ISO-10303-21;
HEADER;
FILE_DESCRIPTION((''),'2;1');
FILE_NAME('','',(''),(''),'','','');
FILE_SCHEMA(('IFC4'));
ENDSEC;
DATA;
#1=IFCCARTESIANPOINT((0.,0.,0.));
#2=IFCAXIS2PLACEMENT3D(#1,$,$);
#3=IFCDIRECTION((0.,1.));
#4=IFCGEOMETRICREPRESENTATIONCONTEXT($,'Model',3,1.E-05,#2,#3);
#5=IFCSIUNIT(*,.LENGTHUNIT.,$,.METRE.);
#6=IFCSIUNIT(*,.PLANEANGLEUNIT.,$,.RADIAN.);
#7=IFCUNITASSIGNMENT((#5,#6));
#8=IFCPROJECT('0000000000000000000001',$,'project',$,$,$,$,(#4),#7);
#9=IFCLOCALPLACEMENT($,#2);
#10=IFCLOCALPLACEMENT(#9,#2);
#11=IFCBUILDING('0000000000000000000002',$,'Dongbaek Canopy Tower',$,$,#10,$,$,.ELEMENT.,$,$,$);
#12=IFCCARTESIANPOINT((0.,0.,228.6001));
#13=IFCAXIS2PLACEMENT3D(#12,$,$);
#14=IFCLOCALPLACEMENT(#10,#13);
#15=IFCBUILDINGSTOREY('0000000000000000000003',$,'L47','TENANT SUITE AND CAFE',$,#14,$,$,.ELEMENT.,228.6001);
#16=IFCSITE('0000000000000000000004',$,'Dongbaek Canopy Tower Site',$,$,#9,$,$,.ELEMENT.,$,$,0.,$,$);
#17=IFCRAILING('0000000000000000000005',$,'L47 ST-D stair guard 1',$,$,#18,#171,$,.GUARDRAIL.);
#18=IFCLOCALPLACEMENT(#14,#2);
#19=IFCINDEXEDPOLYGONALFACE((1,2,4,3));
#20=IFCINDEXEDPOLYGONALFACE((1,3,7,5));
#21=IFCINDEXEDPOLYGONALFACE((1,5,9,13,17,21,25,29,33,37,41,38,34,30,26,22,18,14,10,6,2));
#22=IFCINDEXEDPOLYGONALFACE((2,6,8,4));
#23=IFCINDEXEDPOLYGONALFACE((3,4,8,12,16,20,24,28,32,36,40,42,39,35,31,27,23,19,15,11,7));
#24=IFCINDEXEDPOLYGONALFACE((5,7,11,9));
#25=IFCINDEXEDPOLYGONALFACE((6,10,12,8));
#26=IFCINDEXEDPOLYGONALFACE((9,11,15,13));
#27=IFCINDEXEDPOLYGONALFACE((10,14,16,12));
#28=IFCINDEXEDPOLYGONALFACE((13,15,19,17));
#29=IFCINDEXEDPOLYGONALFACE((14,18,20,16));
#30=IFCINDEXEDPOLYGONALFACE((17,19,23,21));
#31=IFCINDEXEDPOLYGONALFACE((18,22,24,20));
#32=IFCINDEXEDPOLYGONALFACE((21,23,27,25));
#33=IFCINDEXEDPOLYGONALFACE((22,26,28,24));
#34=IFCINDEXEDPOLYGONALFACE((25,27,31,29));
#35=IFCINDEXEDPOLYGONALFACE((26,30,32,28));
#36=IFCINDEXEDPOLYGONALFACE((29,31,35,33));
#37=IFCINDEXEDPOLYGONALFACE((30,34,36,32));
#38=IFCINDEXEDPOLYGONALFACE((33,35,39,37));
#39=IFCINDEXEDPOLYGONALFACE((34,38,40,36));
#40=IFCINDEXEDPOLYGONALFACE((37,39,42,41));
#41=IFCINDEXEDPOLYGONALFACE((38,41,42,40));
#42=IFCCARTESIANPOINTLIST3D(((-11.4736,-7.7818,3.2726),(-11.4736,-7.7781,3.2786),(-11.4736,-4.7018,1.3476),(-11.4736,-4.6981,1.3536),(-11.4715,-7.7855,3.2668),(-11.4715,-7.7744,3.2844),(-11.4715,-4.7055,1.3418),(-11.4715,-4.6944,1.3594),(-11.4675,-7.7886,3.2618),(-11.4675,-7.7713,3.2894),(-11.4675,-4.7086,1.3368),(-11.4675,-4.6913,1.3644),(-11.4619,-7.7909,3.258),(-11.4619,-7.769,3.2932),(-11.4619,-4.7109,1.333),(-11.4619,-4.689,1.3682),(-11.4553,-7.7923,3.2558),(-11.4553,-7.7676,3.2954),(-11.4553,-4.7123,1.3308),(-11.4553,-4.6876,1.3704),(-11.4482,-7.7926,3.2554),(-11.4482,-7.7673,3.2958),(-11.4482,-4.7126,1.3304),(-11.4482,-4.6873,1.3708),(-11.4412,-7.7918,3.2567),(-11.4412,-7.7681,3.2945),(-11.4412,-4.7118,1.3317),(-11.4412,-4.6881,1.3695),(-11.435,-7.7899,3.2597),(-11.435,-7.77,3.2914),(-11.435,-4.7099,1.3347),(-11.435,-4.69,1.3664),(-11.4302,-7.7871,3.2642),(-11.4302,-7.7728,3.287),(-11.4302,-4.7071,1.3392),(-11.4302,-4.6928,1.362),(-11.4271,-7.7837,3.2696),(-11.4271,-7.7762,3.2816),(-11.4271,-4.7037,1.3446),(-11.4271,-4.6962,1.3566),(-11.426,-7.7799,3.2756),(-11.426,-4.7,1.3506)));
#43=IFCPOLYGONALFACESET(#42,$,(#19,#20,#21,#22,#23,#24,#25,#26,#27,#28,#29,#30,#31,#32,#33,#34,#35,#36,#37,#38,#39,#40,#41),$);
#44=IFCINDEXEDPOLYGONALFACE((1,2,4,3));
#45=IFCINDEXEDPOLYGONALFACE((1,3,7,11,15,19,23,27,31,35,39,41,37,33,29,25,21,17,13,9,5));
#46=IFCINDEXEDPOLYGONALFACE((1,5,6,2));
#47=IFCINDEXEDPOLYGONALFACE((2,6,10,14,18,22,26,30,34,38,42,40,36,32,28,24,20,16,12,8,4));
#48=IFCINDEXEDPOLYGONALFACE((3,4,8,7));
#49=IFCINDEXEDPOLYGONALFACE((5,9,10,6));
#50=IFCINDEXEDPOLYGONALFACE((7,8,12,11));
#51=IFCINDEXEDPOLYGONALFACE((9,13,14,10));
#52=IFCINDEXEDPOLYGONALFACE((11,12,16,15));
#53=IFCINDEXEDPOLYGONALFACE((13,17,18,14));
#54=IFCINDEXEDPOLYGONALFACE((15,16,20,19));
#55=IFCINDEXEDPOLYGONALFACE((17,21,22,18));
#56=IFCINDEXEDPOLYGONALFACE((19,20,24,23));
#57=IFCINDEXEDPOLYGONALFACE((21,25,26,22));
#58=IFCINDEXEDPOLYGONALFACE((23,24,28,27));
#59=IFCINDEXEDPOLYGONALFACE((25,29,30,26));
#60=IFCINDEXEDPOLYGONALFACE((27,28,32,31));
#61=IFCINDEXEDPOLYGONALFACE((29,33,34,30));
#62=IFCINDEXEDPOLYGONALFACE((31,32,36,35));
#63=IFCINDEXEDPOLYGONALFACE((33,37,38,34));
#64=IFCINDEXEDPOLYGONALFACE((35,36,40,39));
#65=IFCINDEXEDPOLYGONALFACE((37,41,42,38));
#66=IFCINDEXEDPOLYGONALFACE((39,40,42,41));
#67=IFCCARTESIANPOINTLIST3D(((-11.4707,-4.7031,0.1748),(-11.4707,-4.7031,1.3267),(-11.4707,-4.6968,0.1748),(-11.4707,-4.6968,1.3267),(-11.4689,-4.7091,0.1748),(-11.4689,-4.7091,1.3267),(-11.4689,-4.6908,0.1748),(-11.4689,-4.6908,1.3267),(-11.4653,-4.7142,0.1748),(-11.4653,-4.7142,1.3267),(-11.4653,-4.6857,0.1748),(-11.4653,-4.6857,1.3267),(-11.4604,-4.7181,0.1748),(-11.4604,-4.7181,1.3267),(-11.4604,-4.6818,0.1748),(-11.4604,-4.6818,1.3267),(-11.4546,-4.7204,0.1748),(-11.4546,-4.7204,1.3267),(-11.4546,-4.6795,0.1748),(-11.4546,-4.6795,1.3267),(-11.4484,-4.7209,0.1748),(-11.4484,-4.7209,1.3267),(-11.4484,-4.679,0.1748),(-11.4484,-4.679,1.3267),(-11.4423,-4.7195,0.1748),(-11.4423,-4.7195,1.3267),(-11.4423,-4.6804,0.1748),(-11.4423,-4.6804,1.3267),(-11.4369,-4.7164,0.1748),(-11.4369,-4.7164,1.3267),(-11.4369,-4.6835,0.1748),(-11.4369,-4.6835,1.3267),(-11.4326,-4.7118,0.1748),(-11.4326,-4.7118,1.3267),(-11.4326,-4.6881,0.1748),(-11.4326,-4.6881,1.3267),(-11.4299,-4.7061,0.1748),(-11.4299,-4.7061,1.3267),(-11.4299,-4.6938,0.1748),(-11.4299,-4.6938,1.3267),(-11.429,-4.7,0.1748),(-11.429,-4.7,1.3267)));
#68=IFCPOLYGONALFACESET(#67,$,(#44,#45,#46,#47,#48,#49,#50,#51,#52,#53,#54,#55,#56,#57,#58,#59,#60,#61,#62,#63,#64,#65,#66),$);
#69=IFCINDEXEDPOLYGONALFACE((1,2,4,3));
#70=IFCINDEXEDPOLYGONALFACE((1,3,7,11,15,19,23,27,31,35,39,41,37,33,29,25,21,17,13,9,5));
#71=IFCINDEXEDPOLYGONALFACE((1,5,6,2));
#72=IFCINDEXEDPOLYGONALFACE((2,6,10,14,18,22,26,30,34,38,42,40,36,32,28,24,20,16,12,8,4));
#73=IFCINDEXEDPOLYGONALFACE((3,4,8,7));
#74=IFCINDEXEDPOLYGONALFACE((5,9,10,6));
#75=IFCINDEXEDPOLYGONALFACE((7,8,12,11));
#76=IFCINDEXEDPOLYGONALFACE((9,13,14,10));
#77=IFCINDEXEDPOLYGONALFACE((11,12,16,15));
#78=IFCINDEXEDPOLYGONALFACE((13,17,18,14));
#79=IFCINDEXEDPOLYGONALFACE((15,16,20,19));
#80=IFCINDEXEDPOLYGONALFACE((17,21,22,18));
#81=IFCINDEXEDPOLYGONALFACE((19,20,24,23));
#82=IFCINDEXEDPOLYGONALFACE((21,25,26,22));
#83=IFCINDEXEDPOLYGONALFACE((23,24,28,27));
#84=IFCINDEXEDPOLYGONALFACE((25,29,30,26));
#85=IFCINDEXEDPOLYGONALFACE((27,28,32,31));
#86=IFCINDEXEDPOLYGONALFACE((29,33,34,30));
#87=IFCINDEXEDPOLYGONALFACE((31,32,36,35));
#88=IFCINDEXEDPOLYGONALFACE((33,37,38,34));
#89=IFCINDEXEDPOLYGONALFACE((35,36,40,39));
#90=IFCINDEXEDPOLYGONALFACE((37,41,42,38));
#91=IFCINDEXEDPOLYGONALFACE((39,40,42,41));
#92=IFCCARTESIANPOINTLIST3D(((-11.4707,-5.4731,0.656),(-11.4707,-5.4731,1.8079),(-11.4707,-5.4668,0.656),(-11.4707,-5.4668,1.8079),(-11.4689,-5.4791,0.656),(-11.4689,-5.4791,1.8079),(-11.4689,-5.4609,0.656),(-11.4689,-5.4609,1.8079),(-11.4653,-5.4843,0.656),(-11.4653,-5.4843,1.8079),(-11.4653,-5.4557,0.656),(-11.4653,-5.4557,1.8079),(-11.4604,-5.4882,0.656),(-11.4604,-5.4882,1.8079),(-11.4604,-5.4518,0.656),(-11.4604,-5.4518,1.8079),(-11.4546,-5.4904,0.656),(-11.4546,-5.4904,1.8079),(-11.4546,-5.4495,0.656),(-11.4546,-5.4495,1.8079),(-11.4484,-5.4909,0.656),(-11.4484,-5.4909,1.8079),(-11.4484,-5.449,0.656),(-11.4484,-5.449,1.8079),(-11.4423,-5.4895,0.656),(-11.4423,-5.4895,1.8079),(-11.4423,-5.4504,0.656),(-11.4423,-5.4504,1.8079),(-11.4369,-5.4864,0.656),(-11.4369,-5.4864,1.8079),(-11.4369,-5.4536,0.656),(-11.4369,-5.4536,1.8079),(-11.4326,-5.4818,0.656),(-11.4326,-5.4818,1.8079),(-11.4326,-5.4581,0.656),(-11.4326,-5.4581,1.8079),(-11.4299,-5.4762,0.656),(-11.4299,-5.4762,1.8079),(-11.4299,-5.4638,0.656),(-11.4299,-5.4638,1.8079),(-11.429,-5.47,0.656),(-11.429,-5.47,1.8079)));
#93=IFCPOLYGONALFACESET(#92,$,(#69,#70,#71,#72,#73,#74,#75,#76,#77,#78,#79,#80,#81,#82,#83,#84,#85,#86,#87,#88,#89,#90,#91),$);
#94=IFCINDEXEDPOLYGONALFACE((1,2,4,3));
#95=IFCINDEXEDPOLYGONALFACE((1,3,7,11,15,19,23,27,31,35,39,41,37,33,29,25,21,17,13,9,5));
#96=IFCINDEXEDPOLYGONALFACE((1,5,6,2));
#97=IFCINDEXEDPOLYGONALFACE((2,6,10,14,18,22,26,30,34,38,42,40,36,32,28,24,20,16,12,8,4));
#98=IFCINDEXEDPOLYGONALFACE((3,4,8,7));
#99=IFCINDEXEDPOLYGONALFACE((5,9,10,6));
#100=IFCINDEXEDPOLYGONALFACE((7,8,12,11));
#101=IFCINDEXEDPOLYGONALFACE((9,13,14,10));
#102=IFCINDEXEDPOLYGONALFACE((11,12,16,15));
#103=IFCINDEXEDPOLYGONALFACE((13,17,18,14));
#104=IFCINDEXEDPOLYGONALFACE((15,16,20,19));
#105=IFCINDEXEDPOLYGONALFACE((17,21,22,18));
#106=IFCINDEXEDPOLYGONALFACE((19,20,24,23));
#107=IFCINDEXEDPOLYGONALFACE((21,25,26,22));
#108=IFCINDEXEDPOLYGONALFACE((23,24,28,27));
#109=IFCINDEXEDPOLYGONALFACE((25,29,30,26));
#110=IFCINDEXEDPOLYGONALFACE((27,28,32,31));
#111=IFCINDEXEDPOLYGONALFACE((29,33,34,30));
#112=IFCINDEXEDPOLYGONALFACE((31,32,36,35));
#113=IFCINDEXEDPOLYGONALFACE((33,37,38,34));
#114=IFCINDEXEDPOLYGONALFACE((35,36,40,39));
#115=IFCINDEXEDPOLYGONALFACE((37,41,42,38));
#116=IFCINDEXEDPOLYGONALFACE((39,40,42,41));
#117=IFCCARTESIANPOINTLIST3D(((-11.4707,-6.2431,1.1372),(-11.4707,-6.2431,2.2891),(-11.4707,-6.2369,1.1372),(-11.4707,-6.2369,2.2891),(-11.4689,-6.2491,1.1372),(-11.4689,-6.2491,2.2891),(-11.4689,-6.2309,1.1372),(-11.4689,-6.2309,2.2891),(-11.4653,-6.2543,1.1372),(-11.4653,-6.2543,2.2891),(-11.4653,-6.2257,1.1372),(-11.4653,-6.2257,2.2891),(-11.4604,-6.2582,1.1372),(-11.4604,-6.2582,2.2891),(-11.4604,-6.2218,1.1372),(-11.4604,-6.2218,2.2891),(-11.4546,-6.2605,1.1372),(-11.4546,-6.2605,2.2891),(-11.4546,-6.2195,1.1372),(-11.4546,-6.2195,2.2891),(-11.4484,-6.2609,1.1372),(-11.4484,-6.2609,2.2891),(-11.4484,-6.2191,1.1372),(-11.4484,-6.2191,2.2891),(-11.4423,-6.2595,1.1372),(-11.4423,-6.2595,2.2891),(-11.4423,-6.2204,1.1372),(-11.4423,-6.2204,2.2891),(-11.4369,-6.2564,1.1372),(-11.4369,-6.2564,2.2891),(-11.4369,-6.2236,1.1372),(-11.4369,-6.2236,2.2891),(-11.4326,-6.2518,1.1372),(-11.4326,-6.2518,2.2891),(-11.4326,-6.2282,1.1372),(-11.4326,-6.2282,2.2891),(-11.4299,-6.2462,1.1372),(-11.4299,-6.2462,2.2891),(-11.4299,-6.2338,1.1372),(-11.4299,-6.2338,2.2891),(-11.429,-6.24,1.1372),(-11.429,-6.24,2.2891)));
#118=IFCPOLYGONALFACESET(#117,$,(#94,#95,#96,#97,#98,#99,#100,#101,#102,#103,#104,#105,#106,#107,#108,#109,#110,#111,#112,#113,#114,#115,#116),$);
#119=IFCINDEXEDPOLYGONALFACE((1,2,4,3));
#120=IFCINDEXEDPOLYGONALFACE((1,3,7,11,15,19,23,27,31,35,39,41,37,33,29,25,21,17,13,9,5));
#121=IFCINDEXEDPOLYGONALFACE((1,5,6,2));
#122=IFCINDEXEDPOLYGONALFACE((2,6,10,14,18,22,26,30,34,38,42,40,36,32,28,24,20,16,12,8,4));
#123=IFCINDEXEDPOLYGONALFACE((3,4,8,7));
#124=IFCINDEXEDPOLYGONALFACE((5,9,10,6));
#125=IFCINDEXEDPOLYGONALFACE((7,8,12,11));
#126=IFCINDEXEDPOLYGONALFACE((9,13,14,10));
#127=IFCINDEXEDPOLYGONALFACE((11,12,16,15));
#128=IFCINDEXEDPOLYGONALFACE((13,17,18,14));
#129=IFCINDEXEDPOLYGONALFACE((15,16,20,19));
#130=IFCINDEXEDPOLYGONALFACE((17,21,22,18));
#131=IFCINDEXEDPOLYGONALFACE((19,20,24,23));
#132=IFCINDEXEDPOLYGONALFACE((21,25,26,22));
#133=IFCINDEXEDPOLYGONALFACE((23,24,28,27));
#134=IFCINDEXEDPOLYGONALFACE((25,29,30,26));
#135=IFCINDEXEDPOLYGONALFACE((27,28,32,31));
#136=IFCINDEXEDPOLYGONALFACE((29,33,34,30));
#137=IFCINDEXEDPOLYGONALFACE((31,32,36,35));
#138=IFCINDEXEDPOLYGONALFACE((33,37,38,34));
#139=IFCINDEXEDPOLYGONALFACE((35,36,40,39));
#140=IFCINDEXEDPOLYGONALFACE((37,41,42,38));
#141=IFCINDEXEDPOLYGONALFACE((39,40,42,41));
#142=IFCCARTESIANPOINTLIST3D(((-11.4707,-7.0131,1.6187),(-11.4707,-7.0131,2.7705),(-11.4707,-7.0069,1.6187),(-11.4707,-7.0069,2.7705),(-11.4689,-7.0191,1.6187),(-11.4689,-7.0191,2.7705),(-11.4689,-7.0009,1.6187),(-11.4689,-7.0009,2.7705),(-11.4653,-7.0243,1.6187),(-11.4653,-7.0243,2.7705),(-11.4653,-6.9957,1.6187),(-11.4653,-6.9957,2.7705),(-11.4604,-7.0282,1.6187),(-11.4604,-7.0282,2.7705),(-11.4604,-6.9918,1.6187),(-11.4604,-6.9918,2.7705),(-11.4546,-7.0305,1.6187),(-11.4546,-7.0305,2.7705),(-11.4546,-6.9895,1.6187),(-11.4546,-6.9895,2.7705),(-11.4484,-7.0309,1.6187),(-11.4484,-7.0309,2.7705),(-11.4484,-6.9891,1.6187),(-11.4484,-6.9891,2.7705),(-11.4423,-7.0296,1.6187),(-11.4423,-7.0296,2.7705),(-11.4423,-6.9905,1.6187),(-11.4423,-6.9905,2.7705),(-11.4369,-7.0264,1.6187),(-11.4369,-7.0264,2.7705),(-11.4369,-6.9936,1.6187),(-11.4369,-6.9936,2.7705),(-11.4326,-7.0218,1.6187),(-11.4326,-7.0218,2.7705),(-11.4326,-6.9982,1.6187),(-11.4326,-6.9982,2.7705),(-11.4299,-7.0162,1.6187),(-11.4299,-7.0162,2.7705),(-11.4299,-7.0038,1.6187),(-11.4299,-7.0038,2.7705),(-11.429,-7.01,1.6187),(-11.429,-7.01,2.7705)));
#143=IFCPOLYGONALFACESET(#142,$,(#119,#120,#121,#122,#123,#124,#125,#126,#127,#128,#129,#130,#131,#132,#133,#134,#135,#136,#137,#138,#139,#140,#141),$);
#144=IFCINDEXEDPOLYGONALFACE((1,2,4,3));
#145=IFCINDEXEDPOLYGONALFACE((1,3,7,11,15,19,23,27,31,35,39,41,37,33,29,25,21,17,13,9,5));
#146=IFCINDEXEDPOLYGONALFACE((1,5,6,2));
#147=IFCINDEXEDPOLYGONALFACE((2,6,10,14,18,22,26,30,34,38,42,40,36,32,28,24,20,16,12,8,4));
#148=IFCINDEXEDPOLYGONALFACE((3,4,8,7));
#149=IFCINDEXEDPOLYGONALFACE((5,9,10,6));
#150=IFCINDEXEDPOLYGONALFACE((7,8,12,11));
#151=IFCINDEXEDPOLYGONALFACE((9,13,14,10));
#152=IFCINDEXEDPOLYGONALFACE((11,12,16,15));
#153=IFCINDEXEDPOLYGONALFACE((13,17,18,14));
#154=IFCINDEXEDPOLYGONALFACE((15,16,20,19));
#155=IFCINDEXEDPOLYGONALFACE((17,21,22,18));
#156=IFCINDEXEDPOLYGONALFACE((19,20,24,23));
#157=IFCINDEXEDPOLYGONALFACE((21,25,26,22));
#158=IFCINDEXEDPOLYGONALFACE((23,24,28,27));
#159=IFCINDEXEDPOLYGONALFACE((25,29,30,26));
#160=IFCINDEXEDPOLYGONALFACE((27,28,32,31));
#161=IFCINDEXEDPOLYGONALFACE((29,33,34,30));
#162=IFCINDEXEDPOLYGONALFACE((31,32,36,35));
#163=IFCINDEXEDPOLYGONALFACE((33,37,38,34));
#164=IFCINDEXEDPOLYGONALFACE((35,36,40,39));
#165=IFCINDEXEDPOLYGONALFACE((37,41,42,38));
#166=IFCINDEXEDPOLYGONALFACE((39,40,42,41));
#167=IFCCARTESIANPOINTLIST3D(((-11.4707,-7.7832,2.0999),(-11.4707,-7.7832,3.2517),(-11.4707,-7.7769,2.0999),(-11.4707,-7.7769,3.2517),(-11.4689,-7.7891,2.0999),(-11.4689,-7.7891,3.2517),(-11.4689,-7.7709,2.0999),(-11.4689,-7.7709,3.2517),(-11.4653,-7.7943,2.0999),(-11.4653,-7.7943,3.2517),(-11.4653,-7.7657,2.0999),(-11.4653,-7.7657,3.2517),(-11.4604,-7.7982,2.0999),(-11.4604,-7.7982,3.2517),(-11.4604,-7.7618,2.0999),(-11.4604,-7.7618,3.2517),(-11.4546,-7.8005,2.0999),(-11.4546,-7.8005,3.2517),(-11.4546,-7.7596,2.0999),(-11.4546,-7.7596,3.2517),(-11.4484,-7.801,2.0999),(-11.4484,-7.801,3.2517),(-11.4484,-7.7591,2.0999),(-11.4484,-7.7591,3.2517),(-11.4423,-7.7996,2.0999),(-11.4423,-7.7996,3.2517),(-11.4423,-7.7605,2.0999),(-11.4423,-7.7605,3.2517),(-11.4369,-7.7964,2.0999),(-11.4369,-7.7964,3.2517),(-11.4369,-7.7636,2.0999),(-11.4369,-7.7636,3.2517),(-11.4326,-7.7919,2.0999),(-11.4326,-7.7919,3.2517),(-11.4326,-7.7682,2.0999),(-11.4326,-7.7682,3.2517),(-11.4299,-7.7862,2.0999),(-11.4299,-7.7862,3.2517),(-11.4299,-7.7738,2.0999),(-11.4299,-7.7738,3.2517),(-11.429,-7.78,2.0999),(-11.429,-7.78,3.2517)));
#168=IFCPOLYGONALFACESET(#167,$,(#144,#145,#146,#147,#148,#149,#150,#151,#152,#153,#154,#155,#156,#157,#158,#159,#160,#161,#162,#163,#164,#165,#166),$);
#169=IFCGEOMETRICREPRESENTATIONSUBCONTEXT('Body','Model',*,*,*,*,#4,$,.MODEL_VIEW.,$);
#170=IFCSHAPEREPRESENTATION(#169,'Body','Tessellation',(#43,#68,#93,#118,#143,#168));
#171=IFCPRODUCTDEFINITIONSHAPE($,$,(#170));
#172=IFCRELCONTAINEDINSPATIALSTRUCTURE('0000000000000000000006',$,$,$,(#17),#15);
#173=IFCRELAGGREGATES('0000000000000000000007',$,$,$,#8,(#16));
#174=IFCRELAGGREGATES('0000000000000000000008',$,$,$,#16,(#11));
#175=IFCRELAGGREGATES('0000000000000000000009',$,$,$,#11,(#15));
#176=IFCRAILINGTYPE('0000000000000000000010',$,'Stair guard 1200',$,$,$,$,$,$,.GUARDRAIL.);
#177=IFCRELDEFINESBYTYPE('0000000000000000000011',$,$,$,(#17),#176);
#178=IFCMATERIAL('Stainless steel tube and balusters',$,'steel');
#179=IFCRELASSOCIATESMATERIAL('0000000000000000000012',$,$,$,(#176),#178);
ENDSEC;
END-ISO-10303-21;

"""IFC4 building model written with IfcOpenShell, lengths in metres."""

from ifc_helpers import new_model, si_unit, direction, frame, origin, origin_2d, place, context, subcontext, project, spatial, circle, extrude, material, type_object, element, save


model = new_model("IFC4")

# Units and contexts
model_context = context("Model", 3, precision=1e-05, world=origin(), true_north=direction((0.0, 1.0)))
body_context = subcontext(model_context, "Body", "Model", "MODEL_VIEW")
ifc_project = project(units=[si_unit("LENGTHUNIT", "METRE"), si_unit("PLANEANGLEUNIT", "RADIAN")], contexts=[model_context])

# Site, building, storey
site_placement = place(None, origin())
site = spatial("IfcSite", under=ifc_project, at=site_placement, Name="Dongbaek Canopy Tower Site", CompositionType="ELEMENT", RefElevation=0.0)
building_placement = place(site_placement, origin())
building = spatial("IfcBuilding", under=site, at=building_placement, Name="Dongbaek Canopy Tower", CompositionType="ELEMENT")
storey_placement = place(building_placement, frame((0.0, 0.0, 228.6001)))
storey = spatial("IfcBuildingStorey", under=building, at=storey_placement, Name="L47", Description="TENANT SUITE AND CAFE", CompositionType="ELEMENT", Elevation=228.6001)

# Railing
ifc_material_1 = material(Name="Stainless steel tube and balusters", Category="steel")
railing_type_1 = type_object("IfcRailingType", Name="Stair guard 1200", PredefinedType="GUARDRAIL", material=ifc_material_1)
railing_1_placement = place(storey_placement, frame((-11.45, -4.7, 0.1748)))
element("IfcRailing", 1, at=railing_1_placement, inside=storey, type_object=railing_type_1, Name="L47 ST-D stair guard 1", PredefinedType="GUARDRAIL", context=body_context, shape_type="SweptSolid", body=[
    extrude(circle(Radius=0.0239, at=origin_2d()), frame((0.0, 0.0, 1.1758), z_axis=(0.0, -0.847998, 0.529999), x_axis=(1.0, 0.0, 0.0)), (0.0, 0.0, 1.0), 3.6321),
    extrude(circle(Radius=0.021, at=origin_2d()), origin(), (0.0, 0.0, 1.0), 1.1519),
    extrude(circle(Radius=0.021, at=origin_2d()), frame((0.0, -0.77, 0.4812)), (0.0, 0.0, 1.0), 1.1519),
    extrude(circle(Radius=0.021, at=origin_2d()), frame((0.0, -1.54, 0.9624)), (0.0, 0.0, 1.0), 1.1519),
    extrude(circle(Radius=0.021, at=origin_2d()), frame((0.0, -2.3101, 1.4438)), (0.0, 0.0, 1.0), 1.1519),
    extrude(circle(Radius=0.021, at=origin_2d()), frame((0.0, -3.0801, 1.925)), (0.0, 0.0, 1.0), 1.1519),
])

save(model, "model.ifc")
